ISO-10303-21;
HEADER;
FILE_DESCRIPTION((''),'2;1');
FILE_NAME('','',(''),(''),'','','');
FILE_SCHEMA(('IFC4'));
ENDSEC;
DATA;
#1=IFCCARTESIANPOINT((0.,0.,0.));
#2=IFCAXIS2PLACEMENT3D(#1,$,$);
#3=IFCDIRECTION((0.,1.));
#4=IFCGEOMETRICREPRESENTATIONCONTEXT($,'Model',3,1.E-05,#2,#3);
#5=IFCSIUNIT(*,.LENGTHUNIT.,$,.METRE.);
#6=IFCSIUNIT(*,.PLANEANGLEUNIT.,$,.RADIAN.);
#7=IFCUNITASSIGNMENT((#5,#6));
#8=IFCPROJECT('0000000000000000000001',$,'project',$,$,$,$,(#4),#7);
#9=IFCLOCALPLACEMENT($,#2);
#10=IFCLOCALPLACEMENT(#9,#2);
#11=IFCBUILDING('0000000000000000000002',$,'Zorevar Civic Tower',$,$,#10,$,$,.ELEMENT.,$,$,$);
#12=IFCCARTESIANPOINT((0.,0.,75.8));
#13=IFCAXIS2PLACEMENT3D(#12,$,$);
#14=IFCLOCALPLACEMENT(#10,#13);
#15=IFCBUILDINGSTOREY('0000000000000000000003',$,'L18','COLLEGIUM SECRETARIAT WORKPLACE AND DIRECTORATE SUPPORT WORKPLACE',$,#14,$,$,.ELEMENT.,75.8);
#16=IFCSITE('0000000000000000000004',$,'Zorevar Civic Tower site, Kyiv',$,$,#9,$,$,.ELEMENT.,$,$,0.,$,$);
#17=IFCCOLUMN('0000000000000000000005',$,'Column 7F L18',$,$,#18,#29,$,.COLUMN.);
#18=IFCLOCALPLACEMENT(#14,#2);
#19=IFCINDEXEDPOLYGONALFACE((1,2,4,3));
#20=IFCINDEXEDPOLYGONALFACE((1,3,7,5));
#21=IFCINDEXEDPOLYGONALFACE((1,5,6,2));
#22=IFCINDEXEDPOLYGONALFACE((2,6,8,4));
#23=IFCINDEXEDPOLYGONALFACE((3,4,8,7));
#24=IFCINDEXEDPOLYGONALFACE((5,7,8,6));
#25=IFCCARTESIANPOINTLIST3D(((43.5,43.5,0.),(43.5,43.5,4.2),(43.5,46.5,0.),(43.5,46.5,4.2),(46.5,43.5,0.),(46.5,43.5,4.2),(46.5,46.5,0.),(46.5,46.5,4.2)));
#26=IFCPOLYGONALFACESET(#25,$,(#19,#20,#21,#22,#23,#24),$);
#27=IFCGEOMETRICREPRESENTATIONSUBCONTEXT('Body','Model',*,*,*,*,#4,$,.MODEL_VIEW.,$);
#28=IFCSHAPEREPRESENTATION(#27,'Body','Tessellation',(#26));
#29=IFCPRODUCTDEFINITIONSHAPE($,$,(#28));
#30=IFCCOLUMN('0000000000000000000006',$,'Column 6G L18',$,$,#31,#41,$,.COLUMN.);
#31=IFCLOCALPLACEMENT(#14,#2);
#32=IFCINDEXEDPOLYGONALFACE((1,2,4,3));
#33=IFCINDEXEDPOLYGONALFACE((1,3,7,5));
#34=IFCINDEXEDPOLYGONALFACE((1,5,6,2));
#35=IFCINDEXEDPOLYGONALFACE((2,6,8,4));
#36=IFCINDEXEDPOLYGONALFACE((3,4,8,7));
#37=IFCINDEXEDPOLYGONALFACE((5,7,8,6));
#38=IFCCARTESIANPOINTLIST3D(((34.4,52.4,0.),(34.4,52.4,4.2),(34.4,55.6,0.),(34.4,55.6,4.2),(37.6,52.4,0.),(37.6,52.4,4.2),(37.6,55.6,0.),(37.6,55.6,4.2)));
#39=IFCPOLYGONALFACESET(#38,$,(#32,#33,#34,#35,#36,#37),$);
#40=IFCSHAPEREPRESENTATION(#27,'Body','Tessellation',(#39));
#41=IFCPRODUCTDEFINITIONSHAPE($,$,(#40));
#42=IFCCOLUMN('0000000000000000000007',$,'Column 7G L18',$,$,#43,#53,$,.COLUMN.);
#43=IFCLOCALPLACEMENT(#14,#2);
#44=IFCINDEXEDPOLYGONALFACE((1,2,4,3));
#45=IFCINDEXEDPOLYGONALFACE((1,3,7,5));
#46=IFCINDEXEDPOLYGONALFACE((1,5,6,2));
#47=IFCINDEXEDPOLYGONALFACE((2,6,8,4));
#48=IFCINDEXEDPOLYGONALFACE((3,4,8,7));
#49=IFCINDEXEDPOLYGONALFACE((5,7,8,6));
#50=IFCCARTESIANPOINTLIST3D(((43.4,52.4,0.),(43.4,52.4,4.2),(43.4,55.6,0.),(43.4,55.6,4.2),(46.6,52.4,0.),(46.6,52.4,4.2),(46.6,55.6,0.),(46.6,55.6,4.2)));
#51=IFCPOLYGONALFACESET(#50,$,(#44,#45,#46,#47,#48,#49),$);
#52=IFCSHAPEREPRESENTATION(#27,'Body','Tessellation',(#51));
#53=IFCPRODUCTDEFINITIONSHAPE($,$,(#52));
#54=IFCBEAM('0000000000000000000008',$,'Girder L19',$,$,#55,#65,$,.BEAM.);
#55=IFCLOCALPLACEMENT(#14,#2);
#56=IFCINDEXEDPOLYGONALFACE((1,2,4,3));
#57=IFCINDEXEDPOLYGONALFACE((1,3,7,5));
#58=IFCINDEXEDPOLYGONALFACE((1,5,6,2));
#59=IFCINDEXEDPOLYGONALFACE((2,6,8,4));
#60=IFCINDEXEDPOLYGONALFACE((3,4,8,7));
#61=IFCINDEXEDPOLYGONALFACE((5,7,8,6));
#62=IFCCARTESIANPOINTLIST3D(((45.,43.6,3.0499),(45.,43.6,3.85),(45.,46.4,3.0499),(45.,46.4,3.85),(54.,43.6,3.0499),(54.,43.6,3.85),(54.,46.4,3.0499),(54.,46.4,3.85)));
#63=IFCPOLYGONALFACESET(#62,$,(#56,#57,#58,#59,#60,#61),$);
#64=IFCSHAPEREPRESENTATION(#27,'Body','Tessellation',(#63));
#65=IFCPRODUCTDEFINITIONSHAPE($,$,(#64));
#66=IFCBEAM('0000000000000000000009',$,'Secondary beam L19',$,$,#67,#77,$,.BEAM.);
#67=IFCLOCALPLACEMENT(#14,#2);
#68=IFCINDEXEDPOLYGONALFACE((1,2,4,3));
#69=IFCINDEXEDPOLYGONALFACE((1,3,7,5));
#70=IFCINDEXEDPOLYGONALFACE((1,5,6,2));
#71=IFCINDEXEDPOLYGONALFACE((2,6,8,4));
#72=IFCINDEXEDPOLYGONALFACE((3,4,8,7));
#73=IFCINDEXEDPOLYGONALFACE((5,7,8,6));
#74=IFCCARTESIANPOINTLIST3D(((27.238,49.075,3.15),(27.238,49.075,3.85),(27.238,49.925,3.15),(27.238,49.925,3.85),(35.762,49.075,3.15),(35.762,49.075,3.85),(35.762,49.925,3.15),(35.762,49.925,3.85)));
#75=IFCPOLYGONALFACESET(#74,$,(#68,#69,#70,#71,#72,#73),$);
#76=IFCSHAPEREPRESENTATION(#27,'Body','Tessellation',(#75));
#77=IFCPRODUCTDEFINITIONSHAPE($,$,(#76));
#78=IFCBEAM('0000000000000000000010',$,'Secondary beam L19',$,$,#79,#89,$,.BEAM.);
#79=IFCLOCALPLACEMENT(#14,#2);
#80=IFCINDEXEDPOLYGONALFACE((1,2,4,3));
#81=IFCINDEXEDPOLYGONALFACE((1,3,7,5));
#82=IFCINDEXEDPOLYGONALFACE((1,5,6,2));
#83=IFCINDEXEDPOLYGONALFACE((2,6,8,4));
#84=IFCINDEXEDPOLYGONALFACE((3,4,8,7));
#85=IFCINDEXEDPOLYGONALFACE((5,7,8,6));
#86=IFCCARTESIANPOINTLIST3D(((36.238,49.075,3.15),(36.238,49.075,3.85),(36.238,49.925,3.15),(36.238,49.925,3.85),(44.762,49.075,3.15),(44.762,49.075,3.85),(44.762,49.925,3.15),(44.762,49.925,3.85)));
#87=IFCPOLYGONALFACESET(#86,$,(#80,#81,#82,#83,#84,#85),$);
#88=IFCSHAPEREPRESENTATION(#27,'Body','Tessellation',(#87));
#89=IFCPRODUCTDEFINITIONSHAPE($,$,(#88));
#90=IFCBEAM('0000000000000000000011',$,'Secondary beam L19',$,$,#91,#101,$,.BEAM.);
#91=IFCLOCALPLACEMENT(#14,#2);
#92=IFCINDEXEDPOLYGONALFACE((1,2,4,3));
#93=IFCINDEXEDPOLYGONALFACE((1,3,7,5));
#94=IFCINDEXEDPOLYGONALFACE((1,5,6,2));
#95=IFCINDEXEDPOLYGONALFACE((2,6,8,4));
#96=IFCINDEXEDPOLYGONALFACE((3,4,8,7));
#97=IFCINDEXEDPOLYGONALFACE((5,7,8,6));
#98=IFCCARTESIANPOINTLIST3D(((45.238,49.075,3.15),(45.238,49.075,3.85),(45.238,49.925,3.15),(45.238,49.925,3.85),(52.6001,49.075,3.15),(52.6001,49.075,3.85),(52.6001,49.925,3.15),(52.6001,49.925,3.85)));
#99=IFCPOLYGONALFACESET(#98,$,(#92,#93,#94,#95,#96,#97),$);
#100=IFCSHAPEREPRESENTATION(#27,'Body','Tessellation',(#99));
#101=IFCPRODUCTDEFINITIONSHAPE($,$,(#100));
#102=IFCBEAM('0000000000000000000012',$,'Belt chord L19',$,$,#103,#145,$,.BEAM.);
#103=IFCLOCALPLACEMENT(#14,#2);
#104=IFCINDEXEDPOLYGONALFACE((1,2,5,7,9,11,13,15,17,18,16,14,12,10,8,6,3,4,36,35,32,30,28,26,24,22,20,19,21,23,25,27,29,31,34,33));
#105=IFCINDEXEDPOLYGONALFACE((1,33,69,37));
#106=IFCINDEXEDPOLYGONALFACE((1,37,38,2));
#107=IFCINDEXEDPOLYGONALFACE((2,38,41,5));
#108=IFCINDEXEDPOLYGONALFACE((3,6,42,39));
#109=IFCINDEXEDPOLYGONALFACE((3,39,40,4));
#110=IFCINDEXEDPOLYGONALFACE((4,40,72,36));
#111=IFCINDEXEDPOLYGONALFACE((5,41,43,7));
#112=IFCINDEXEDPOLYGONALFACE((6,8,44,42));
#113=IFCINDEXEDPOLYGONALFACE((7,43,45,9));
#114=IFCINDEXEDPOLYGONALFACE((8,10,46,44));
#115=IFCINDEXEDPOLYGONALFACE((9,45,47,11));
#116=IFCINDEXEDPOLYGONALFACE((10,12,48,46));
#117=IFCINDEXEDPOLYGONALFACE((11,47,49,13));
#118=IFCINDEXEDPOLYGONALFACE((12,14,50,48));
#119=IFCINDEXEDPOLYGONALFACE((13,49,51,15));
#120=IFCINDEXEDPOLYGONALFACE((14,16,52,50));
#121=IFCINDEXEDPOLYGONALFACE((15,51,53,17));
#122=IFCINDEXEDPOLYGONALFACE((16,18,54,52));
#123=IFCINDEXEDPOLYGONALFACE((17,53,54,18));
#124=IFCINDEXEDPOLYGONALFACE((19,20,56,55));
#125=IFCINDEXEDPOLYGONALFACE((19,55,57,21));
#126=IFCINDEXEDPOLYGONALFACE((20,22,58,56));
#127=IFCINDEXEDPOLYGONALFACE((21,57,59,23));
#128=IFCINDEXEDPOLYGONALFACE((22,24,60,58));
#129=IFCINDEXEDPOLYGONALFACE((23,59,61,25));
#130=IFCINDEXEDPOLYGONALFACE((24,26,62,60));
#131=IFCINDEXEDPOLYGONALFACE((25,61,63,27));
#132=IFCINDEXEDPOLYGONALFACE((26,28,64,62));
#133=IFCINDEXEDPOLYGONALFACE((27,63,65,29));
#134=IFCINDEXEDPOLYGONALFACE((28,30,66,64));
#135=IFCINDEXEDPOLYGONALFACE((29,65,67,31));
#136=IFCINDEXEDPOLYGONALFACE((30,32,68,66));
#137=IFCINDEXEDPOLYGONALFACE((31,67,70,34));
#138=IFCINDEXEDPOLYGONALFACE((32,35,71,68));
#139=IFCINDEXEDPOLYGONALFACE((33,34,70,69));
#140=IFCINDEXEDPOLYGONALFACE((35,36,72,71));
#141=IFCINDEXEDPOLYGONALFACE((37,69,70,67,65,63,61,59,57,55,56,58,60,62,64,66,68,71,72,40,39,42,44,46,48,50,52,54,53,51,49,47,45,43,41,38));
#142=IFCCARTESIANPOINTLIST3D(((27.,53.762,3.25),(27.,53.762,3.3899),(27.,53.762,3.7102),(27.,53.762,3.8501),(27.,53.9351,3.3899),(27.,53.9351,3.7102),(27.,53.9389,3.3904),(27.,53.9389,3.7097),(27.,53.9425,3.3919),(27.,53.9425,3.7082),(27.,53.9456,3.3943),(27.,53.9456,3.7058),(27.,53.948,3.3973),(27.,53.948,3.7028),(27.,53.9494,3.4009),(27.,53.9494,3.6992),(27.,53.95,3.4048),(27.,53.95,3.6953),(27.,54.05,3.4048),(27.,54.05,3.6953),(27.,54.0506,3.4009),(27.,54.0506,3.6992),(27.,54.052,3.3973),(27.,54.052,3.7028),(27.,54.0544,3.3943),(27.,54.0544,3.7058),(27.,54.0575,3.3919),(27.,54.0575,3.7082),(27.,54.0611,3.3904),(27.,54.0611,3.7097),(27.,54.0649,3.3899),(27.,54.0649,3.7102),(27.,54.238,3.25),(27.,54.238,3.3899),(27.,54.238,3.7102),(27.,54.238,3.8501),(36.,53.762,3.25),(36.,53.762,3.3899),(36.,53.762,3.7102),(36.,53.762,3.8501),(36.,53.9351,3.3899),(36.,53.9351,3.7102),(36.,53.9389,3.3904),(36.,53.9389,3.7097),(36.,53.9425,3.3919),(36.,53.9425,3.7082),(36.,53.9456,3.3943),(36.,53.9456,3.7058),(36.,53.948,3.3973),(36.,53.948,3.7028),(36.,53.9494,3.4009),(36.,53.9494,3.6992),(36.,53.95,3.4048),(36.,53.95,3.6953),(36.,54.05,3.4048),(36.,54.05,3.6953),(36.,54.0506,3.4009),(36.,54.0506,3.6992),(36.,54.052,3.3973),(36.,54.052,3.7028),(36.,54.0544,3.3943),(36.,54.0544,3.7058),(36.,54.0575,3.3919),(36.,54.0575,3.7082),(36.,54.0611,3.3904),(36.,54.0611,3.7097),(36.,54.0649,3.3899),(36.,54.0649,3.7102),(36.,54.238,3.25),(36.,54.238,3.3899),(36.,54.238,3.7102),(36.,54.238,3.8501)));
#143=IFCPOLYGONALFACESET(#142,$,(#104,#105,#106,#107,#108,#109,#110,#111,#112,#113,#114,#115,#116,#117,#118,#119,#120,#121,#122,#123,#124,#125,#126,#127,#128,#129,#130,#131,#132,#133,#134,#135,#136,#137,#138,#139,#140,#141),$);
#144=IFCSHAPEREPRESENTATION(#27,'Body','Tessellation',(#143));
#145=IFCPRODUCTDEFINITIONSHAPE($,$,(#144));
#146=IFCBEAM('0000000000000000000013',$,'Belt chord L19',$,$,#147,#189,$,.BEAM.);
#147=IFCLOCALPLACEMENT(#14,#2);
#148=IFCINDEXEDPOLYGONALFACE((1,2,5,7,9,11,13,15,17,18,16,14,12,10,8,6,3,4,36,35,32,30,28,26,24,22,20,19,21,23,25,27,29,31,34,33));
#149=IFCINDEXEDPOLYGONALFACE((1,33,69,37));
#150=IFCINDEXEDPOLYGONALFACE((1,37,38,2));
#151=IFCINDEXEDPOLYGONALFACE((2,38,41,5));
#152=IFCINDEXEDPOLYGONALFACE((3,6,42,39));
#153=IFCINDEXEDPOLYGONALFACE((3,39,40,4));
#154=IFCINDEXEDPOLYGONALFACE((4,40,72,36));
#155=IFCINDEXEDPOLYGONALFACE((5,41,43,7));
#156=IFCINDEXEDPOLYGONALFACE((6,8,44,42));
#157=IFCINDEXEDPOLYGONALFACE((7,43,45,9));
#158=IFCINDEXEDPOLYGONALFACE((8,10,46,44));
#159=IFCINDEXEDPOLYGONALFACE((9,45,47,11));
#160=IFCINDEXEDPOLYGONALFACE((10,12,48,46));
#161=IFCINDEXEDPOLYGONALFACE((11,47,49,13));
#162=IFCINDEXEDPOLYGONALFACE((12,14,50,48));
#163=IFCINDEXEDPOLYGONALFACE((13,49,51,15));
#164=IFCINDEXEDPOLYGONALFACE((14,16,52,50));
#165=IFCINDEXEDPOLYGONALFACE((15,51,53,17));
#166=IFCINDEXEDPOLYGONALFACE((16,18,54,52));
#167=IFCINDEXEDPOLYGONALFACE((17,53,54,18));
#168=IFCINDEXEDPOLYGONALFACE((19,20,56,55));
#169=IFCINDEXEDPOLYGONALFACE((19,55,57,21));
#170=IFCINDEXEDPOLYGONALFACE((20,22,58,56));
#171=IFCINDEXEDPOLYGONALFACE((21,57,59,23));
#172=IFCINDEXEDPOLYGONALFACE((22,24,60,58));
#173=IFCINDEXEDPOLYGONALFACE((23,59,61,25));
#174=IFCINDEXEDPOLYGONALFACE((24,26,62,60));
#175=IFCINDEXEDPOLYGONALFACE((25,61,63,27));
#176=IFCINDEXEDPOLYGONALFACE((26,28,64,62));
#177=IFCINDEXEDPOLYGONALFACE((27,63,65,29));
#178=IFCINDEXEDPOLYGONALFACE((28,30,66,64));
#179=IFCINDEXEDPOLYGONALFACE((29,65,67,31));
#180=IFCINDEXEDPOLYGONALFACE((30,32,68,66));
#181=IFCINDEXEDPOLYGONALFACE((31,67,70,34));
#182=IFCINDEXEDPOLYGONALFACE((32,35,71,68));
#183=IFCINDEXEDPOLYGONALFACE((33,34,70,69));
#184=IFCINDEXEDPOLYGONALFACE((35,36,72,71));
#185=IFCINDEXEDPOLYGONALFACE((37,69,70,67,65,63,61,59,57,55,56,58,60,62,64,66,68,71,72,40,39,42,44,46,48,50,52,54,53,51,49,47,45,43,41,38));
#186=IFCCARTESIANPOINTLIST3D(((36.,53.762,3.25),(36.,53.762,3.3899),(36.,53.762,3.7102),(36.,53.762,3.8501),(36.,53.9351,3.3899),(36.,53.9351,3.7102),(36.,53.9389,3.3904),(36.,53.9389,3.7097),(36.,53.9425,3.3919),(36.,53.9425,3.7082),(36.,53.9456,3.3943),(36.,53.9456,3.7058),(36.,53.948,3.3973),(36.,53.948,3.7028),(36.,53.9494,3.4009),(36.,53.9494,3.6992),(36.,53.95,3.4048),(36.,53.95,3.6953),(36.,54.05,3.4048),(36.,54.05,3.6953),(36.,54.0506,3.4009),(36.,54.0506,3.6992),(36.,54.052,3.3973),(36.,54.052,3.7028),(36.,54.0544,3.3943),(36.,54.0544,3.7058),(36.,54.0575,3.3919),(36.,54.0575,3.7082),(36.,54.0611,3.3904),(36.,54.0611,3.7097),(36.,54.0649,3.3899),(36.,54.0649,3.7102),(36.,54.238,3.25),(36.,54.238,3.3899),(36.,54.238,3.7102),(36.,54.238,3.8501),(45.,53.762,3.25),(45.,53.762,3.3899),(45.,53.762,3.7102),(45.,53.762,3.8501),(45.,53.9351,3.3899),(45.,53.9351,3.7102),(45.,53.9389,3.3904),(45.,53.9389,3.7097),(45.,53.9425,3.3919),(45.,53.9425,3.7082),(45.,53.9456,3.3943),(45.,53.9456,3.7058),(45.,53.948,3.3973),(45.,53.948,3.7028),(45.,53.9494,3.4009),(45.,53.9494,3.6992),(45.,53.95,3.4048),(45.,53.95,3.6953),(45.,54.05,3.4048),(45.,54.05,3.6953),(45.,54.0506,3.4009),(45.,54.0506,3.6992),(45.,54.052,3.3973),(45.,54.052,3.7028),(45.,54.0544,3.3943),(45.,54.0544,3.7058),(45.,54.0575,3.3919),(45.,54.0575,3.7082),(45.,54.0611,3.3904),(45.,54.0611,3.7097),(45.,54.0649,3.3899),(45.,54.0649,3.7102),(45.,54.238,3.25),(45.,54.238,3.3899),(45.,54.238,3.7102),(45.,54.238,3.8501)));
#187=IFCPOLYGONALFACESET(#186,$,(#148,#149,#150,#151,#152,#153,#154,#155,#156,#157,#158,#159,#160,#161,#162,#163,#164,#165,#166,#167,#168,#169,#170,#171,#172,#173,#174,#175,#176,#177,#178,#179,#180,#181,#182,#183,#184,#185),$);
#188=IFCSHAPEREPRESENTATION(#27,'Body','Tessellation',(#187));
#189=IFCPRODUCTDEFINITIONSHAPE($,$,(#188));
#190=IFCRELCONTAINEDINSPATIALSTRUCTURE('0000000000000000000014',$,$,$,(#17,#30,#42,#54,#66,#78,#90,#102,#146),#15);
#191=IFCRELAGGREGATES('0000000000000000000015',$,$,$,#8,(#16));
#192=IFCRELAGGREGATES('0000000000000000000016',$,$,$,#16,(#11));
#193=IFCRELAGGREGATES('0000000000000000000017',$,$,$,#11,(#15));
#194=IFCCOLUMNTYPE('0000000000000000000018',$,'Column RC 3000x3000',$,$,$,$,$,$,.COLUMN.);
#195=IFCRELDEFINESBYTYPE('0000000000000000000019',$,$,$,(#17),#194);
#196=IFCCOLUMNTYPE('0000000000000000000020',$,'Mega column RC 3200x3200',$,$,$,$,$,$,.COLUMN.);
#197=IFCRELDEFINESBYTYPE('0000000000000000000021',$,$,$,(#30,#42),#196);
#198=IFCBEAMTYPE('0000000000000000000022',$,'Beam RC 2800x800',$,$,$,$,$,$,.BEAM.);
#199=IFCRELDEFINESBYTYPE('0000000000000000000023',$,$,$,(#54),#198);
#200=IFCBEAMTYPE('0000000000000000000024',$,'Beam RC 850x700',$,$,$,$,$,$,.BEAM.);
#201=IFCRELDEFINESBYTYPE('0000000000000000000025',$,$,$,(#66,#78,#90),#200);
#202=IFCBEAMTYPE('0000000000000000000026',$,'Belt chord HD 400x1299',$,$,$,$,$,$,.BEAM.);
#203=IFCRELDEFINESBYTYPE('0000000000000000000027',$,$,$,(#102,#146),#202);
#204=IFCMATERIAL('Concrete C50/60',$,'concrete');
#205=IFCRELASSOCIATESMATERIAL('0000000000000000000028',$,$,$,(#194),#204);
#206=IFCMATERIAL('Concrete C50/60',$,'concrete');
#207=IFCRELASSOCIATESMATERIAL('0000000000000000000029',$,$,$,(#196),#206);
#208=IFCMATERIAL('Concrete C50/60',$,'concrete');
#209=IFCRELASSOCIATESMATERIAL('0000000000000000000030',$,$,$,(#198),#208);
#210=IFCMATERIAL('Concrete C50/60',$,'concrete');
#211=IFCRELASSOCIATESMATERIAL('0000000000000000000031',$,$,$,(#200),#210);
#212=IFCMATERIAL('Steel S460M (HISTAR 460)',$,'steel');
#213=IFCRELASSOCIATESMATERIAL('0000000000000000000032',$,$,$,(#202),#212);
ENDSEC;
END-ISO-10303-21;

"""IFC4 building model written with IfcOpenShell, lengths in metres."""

from ifc_helpers import new_model, si_unit, direction, frame, origin, origin_2d, place, context, subcontext, project, spatial, rectangle, i_section, extrude, material, material_profile, profile_set, type_object, element, save


model = new_model("IFC4")

# Units and contexts
model_context = context("Model", 3, precision=1e-05, world=origin(), true_north=direction((0.0, 1.0)))
body_context = subcontext(model_context, "Body", "Model", "MODEL_VIEW")
ifc_project = project(units=[si_unit("LENGTHUNIT", "METRE"), si_unit("PLANEANGLEUNIT", "RADIAN")], contexts=[model_context])

# Site, building, storey
site_placement = place(None, origin())
site = spatial("IfcSite", under=ifc_project, at=site_placement, Name="Zorevar Civic Tower site, Kyiv", CompositionType="ELEMENT", RefElevation=0.0)
building_placement = place(site_placement, origin())
building = spatial("IfcBuilding", under=site, at=building_placement, Name="Zorevar Civic Tower", CompositionType="ELEMENT")
storey_placement = place(building_placement, frame((0.0, 0.0, 75.8)))
storey = spatial("IfcBuildingStorey", under=building, at=storey_placement, Name="L18", Description="COLLEGIUM SECRETARIAT WORKPLACE AND DIRECTORATE SUPPORT WORKPLACE", CompositionType="ELEMENT", Elevation=75.8)

# Columns
ifc_material_1 = material(Name="Concrete C50/60", Category="concrete")
ifc_material_profile_1 = material_profile(ifc_material_1, rectangle(XDim=3.0, YDim=3.0, at=origin_2d()), Name="RC 3000x3000")
ifc_profile_set_1 = profile_set([ifc_material_profile_1], Name="Concrete C50/60")
column_type_1 = type_object("IfcColumnType", Name="Column RC 3000x3000", PredefinedType="COLUMN", material=ifc_profile_set_1)
column_placement = place(storey_placement, frame((45.0, 45.0, 0.0), z_axis=(0.0, 0.0, 1.0), x_axis=(1.0, 0.0, 0.0)))
element("IfcColumn", 1, at=column_placement, inside=storey, type_object=column_type_1, Name="Column 7F L18", PredefinedType="COLUMN", context=body_context, shape_type="SweptSolid", body=[
    extrude(rectangle(XDim=3.0, YDim=3.0, at=origin_2d()), origin(), (0.0, 0.0, 1.0), 4.2),
])
ifc_material_2 = material(Name="Concrete C50/60", Category="concrete")
ifc_material_profile_2 = material_profile(ifc_material_2, rectangle(XDim=3.2, YDim=3.2, at=origin_2d()), Name="RC 3200x3200")
ifc_profile_set_2 = profile_set([ifc_material_profile_2], Name="Concrete C50/60")
column_type_2 = type_object("IfcColumnType", Name="Mega column RC 3200x3200", PredefinedType="COLUMN", material=ifc_profile_set_2)
for number, where, z_axis, x_axis, name in (
    (2, (36.0, 54.0, 0.0), (0.0, 0.0, 1.0), (1.0, 0.0, 0.0), "Column 6G L18"),
    (3, (45.0, 54.0, 0.0), (0.0, 0.0, 1.0), (1.0, 0.0, 0.0), "Column 7G L18"),
):
    element("IfcColumn", number, at=place(storey_placement, frame(where, z_axis=z_axis, x_axis=x_axis)), inside=storey, type_object=column_type_2, Name=name, PredefinedType="COLUMN", context=body_context, shape_type="SweptSolid", body=[
        extrude(rectangle(XDim=3.2, YDim=3.2, at=origin_2d()), origin(), (0.0, 0.0, 1.0), 4.2),
    ])

# Beams
ifc_material_3 = material(Name="Concrete C50/60", Category="concrete")
ifc_material_profile_3 = material_profile(ifc_material_3, rectangle(XDim=2.8, YDim=0.8, at=origin_2d()), Name="RC 2800x800")
ifc_profile_set_3 = profile_set([ifc_material_profile_3], Name="Concrete C50/60")
beam_type_1 = type_object("IfcBeamType", Name="Beam RC 2800x800", PredefinedType="BEAM", material=ifc_profile_set_3)
beam_1_placement = place(storey_placement, frame((45.0, 45.0, 3.45), z_axis=(1.0, 0.0, 0.0), x_axis=(0.0, 1.0, 0.0)))
element("IfcBeam", 4, at=beam_1_placement, inside=storey, type_object=beam_type_1, Name="Girder L19", PredefinedType="BEAM", context=body_context, shape_type="SweptSolid", body=[
    extrude(rectangle(XDim=2.8, YDim=0.8, at=origin_2d()), origin(), (0.0, 0.0, 1.0), 9.0),
])
ifc_material_4 = material(Name="Concrete C50/60", Category="concrete")
ifc_material_profile_4 = material_profile(ifc_material_4, rectangle(XDim=0.8501, YDim=0.7, at=origin_2d()), Name="RC 850x700")
ifc_profile_set_4 = profile_set([ifc_material_profile_4], Name="Concrete C50/60")
beam_type_2 = type_object("IfcBeamType", Name="Beam RC 850x700", PredefinedType="BEAM", material=ifc_profile_set_4)
for number, where, z_axis, x_axis, name in (
    (5, (27.238, 49.5, 3.5), (1.0, 0.0, 0.0), (0.0, 1.0, 0.0), "Secondary beam L19"),
    (6, (36.238, 49.5, 3.5), (1.0, 0.0, 0.0), (0.0, 1.0, 0.0), "Secondary beam L19"),
):
    element("IfcBeam", number, at=place(storey_placement, frame(where, z_axis=z_axis, x_axis=x_axis)), inside=storey, type_object=beam_type_2, Name=name, PredefinedType="BEAM", context=body_context, shape_type="SweptSolid", body=[
        extrude(rectangle(XDim=0.8501, YDim=0.7, at=origin_2d()), origin(), (0.0, 0.0, 1.0), 8.5239),
    ])
beam_2_placement = place(storey_placement, frame((45.238, 49.5, 3.5), z_axis=(1.0, 0.0, 0.0), x_axis=(0.0, 1.0, 0.0)))
element("IfcBeam", 7, at=beam_2_placement, inside=storey, type_object=beam_type_2, Name="Secondary beam L19", PredefinedType="BEAM", context=body_context, shape_type="SweptSolid", body=[
    extrude(rectangle(XDim=0.8501, YDim=0.7, at=origin_2d()), origin(), (0.0, 0.0, 1.0), 7.3621),
])
ifc_material_5 = material(Name="Steel S460M (HISTAR 460)", Category="steel")
ifc_material_profile_5 = material_profile(ifc_material_5, i_section(OverallWidth=0.4761, OverallDepth=0.6001, WebThickness=0.1001, FlangeThickness=0.1399, FilletRadius=0.0149, at=origin_2d()), Name="HD 400x1299")
ifc_profile_set_5 = profile_set([ifc_material_profile_5], Name="Steel S460M (HISTAR 460)")
beam_type_3 = type_object("IfcBeamType", Name="Belt chord HD 400x1299", PredefinedType="BEAM", material=ifc_profile_set_5)
for number, where, z_axis, x_axis, name in (
    (8, (27.0, 54.0, 3.55), (1.0, 0.0, 0.0), (0.0, 1.0, 0.0), "Belt chord L19"),
    (9, (36.0, 54.0, 3.55), (1.0, 0.0, 0.0), (0.0, 1.0, 0.0), "Belt chord L19"),
):
    element("IfcBeam", number, at=place(storey_placement, frame(where, z_axis=z_axis, x_axis=x_axis)), inside=storey, type_object=beam_type_3, Name=name, PredefinedType="BEAM", context=body_context, shape_type="SweptSolid", body=[
        extrude(i_section(OverallWidth=0.4761, OverallDepth=0.6001, WebThickness=0.1001, FlangeThickness=0.1399, FilletRadius=0.0149, at=origin_2d()), origin(), (0.0, 0.0, 1.0), 9.0),
    ])

save(model, "model.ifc")
